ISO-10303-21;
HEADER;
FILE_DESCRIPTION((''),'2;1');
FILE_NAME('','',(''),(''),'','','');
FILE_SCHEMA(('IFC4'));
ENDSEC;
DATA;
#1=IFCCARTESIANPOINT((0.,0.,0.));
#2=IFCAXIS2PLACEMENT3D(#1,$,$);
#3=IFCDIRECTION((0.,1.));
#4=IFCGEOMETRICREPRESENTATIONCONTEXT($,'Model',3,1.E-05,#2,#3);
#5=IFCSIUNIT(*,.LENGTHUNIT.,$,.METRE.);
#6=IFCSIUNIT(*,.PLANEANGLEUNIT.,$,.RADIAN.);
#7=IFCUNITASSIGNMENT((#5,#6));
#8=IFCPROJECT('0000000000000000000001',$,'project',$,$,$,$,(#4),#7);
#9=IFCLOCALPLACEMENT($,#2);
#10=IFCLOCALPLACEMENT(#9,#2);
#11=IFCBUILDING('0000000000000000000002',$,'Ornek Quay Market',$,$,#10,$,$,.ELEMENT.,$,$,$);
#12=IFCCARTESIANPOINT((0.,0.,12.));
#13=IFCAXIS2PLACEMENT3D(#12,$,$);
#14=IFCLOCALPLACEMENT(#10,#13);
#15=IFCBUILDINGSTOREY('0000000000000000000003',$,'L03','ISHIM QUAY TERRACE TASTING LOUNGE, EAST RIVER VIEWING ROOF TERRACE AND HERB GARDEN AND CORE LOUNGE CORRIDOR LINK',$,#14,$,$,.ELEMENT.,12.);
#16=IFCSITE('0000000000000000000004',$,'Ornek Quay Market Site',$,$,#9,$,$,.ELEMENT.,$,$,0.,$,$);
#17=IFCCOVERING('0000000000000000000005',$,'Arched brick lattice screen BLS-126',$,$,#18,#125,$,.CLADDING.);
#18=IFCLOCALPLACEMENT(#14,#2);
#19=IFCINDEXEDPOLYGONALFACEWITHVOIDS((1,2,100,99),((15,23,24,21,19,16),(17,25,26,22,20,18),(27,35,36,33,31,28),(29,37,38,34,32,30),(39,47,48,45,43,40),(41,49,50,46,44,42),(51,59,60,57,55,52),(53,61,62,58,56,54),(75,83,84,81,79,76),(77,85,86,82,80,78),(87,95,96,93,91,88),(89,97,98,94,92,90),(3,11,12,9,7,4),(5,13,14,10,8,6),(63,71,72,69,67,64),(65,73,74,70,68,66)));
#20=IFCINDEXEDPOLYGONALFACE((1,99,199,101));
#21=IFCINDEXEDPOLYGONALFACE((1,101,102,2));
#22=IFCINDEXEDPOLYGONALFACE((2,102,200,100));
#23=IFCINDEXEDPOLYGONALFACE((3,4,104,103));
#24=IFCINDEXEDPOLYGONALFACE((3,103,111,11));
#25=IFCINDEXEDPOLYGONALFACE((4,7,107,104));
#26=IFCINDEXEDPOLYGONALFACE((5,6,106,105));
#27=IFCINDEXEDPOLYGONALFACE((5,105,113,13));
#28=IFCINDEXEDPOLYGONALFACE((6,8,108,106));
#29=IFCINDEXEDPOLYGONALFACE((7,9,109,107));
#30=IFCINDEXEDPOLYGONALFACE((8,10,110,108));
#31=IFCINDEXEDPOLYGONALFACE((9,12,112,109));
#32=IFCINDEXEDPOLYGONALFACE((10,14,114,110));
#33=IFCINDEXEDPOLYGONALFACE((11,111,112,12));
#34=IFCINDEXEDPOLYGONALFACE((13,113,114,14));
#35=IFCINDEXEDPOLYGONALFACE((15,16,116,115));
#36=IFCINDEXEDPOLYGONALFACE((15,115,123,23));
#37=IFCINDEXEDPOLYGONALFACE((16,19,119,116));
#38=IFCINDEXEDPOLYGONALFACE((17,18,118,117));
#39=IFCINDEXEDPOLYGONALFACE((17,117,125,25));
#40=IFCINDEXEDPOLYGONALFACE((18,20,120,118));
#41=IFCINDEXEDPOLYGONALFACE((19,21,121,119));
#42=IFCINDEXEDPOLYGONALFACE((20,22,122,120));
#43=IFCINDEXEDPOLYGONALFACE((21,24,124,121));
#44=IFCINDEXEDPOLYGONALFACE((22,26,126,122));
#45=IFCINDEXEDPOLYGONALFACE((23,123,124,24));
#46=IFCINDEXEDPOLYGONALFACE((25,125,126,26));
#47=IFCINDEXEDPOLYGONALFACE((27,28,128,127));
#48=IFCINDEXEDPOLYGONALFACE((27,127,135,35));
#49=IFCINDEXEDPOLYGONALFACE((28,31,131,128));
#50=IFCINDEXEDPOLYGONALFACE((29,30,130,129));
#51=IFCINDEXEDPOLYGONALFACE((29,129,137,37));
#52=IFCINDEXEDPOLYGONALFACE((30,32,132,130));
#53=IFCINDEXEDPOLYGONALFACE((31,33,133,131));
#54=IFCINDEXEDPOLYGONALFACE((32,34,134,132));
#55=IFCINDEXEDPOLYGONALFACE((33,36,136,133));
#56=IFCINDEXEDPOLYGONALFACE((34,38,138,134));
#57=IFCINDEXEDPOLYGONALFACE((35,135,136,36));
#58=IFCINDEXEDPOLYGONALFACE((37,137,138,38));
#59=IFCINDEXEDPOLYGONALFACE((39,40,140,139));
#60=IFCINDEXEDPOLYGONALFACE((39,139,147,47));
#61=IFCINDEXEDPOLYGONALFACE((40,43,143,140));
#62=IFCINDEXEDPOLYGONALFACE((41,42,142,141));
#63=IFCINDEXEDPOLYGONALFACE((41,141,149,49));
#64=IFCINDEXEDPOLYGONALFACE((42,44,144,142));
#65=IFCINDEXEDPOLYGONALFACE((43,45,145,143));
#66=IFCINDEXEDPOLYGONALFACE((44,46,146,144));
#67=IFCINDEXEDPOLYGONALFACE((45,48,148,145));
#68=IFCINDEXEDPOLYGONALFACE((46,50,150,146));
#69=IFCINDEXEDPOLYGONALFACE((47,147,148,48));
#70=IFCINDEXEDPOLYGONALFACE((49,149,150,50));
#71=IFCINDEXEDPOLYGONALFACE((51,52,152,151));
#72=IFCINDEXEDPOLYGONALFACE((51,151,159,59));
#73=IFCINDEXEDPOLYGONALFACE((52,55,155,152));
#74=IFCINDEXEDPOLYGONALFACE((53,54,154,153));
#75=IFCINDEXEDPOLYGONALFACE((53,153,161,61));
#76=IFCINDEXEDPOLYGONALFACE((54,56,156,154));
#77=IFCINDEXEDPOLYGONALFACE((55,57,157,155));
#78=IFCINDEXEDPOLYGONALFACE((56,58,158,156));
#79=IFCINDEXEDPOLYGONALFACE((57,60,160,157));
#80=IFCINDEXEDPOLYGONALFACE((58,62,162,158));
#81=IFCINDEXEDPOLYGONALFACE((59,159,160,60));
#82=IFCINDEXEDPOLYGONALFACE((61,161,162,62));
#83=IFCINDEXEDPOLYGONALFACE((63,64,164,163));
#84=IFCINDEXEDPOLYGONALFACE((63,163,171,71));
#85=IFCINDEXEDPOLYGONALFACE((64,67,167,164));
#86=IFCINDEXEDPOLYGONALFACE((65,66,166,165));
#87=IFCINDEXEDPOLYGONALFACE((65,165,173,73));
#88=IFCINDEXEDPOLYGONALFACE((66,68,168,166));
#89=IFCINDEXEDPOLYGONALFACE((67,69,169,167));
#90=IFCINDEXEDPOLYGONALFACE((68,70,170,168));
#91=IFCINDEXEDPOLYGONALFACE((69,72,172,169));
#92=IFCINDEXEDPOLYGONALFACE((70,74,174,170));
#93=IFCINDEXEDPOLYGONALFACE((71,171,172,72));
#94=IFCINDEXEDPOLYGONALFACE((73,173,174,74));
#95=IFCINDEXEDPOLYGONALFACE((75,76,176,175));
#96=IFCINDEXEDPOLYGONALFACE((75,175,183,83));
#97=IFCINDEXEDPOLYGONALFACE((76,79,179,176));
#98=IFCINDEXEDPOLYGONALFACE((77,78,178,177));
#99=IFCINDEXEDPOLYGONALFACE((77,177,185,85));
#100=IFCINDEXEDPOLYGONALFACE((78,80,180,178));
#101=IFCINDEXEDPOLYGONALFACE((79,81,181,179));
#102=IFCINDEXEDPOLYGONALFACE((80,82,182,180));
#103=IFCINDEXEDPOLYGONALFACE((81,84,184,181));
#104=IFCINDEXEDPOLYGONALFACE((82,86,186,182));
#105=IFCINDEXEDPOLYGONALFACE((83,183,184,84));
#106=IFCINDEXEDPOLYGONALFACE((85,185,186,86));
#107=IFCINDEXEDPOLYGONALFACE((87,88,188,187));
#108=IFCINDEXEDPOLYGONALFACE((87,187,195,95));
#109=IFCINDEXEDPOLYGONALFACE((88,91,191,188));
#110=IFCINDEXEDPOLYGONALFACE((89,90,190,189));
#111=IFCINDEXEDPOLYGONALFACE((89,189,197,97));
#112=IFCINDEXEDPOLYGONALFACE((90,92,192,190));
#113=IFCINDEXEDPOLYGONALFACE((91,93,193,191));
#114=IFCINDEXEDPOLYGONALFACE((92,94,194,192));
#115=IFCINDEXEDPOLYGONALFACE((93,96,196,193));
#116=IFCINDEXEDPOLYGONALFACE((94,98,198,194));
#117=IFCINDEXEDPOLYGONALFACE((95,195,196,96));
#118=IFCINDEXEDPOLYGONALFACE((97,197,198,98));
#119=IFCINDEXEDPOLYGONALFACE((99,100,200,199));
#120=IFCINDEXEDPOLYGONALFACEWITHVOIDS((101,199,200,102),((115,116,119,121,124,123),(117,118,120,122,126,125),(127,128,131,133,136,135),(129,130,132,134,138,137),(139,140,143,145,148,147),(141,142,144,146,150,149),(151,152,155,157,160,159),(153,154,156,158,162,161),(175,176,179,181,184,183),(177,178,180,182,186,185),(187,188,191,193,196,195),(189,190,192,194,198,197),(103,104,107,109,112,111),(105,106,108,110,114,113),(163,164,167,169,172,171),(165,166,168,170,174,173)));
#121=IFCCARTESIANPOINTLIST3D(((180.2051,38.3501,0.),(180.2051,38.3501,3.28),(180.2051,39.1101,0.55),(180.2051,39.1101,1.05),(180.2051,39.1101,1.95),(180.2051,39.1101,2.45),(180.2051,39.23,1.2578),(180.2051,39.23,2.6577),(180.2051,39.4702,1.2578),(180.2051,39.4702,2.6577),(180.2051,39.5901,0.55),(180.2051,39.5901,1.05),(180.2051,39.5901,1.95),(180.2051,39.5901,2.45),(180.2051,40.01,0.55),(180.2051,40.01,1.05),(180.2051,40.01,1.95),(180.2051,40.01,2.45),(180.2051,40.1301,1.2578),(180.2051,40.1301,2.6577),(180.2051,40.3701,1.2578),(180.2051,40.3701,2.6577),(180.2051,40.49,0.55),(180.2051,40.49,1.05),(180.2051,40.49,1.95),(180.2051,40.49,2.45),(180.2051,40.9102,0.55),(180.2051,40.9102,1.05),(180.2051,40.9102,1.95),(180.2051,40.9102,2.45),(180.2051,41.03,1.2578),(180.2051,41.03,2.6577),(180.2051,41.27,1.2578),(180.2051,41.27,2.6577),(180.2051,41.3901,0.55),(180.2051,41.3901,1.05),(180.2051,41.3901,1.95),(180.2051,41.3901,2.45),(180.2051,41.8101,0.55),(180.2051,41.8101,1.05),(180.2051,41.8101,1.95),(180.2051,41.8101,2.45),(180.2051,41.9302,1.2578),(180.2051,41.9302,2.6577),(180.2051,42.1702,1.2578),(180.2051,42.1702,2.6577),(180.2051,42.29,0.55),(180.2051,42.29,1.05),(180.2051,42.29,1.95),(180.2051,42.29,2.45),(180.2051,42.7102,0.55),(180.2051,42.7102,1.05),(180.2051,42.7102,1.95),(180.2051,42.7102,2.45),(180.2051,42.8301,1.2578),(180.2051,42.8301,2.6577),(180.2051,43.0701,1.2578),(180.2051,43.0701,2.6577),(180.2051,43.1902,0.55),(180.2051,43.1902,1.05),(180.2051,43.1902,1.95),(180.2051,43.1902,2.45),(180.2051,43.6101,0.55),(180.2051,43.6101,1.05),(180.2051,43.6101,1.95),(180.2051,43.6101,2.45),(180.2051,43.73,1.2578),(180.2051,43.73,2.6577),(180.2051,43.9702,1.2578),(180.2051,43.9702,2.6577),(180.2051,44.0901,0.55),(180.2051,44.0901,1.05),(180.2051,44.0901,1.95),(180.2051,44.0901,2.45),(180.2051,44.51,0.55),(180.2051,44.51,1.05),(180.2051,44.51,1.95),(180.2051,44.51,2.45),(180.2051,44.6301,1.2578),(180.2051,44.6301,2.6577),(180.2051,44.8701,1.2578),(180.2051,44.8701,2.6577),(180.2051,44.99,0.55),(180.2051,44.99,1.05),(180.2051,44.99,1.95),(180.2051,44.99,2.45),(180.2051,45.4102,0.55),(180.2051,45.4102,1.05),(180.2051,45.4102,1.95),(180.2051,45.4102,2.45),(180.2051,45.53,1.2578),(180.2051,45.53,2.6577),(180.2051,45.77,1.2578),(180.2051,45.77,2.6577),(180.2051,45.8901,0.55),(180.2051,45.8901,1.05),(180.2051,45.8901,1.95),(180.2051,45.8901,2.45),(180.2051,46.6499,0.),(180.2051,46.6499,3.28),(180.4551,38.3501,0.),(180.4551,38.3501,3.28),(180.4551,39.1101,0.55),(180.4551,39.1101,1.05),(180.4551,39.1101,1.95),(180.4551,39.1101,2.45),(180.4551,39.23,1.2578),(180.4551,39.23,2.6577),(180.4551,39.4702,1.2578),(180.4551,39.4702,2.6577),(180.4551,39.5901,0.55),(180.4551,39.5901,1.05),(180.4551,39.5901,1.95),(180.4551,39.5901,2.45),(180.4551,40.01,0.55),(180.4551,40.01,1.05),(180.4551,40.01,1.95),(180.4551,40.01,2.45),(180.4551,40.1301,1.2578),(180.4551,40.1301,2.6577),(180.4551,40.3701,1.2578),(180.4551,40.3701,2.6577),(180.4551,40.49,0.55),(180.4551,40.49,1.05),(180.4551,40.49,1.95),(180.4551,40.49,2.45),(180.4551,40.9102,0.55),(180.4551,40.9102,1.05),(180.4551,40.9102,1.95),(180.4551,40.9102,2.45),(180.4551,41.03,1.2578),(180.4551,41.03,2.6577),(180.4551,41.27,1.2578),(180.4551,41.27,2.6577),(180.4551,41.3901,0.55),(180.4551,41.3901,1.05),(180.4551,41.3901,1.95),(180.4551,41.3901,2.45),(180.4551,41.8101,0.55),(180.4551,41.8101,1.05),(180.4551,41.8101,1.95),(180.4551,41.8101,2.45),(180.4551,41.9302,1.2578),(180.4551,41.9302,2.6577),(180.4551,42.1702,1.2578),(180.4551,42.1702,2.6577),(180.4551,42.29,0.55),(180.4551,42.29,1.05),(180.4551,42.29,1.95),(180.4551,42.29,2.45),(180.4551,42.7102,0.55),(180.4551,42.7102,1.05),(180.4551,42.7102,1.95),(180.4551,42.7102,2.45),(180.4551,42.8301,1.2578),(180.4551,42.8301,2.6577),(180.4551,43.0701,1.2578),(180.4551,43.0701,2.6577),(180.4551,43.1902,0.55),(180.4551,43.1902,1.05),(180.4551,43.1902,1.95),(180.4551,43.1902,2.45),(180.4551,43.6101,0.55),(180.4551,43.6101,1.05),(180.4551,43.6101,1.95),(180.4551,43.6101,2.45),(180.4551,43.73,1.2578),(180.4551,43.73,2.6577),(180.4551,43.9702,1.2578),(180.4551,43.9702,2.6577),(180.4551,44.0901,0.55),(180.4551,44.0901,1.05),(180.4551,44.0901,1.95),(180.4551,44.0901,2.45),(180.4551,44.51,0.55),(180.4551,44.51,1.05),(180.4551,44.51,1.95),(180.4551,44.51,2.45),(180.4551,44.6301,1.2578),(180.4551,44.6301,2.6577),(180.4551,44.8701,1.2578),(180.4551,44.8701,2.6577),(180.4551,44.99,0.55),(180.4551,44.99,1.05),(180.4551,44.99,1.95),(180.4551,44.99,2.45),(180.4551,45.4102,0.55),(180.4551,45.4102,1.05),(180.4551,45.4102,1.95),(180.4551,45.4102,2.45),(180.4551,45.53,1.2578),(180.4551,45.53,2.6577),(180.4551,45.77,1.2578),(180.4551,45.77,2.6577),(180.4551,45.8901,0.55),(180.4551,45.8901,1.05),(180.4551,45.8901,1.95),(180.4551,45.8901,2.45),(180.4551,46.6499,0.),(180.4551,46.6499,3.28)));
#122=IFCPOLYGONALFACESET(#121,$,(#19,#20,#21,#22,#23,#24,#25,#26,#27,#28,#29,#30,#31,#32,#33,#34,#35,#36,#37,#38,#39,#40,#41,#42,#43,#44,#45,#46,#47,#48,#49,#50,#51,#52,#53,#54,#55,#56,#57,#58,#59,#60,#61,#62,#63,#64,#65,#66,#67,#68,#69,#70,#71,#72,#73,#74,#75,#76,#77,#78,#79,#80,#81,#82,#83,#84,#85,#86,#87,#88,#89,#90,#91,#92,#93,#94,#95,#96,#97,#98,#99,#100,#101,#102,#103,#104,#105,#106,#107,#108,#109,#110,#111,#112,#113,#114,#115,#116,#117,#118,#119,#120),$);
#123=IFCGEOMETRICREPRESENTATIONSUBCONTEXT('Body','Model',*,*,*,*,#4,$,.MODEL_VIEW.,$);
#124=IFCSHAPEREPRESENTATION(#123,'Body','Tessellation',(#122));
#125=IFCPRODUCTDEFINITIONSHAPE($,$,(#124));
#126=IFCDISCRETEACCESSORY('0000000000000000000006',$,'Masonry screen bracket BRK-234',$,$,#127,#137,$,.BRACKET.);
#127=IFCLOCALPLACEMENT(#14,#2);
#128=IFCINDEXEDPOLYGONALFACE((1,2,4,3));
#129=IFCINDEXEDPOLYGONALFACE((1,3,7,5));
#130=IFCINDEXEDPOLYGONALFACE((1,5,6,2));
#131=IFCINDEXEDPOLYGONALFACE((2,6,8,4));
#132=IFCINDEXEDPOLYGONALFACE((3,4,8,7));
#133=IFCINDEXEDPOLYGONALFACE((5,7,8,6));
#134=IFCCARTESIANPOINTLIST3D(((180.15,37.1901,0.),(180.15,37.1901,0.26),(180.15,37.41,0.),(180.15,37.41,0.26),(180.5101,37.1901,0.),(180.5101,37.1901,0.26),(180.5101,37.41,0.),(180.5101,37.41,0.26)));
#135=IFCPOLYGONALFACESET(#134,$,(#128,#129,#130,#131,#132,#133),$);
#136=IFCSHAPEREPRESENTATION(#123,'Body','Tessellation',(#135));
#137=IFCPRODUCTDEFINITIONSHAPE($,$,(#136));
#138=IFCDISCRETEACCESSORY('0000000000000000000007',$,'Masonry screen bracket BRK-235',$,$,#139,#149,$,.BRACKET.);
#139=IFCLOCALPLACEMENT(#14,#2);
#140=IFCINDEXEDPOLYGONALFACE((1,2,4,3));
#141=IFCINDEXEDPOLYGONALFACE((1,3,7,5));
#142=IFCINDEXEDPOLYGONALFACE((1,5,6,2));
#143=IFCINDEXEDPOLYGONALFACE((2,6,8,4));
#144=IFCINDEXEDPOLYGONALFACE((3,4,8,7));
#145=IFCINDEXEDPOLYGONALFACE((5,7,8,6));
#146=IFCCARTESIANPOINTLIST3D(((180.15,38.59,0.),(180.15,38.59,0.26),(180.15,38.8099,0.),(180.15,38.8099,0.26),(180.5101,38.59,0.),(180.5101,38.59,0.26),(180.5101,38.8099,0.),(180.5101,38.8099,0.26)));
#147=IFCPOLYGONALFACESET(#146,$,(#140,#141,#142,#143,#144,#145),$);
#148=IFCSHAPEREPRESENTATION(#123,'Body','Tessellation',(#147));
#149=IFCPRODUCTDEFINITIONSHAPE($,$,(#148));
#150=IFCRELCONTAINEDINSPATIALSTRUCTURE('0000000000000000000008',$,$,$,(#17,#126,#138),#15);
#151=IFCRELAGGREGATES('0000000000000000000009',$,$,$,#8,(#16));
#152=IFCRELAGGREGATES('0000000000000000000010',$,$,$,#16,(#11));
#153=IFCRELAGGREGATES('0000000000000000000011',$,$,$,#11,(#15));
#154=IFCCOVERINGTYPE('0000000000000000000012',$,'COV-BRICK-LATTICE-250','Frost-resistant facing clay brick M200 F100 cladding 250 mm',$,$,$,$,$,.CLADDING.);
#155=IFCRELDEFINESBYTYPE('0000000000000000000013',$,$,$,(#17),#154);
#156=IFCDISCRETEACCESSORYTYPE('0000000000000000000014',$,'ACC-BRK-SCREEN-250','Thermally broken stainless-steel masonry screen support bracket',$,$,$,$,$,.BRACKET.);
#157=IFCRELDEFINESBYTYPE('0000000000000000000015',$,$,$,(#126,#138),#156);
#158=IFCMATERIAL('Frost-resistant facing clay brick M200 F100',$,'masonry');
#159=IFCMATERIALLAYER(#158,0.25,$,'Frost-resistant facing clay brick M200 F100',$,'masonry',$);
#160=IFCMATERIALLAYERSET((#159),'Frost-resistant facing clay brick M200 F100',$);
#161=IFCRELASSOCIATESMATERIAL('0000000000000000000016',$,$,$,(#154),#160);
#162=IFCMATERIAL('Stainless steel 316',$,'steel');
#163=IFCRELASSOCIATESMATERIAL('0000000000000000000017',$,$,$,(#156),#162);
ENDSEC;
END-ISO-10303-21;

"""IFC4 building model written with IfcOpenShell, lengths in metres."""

from ifc_helpers import new_model, si_unit, direction, frame, origin, origin_2d, place, context, subcontext, project, spatial, polyline, rectangle, outline, extrude, material, layer, layer_set, type_object, element, save


model = new_model("IFC4")

# Units and contexts
model_context = context("Model", 3, precision=1e-05, world=origin(), true_north=direction((0.0, 1.0)))
body_context = subcontext(model_context, "Body", "Model", "MODEL_VIEW")
ifc_project = project(units=[si_unit("LENGTHUNIT", "METRE"), si_unit("PLANEANGLEUNIT", "RADIAN")], contexts=[model_context])

# Site, building, storey
site_placement = place(None, origin())
site = spatial("IfcSite", under=ifc_project, at=site_placement, Name="Ornek Quay Market Site", CompositionType="ELEMENT", RefElevation=0.0)
building_placement = place(site_placement, origin())
building = spatial("IfcBuilding", under=site, at=building_placement, Name="Ornek Quay Market", CompositionType="ELEMENT")
storey_placement = place(building_placement, frame((0.0, 0.0, 12.0)))
storey = spatial("IfcBuildingStorey", under=building, at=storey_placement, Name="L03", Description="ISHIM QUAY TERRACE TASTING LOUNGE, EAST RIVER VIEWING ROOF TERRACE AND HERB GARDEN AND CORE LOUNGE CORRIDOR LINK", CompositionType="ELEMENT", Elevation=12.0)

# Shared definitions
ifc_material_1 = material(Name="Frost-resistant facing clay brick M200 F100", Category="masonry")

# Covering
ifc_layer_1 = layer(ifc_material_1, 0.25, Name="Frost-resistant facing clay brick M200 F100", Category="masonry")
ifc_layer_set_1 = layer_set([ifc_layer_1], Name="Frost-resistant facing clay brick M200 F100")
covering_type = type_object("IfcCoveringType", Name="COV-BRICK-LATTICE-250", Description="Frost-resistant facing clay brick M200 F100 cladding 250 mm", PredefinedType="CLADDING", material=ifc_layer_set_1)
covering_placement = place(storey_placement, frame((180.3301, 38.3501, 0.0), z_axis=(0.0, 0.0, 1.0), x_axis=(0.0, 1.0, 0.0)))
element("IfcCovering", 1, at=covering_placement, inside=storey, type_object=covering_type, Name="Arched brick lattice screen BLS-126", PredefinedType="CLADDING", context=body_context, shape_type="SweptSolid", body=[
    extrude(outline(polyline([(0.0, 0.0), (8.2998, 0.0), (8.2998, 3.28), (0.0, 3.28), (0.0, 0.0)]), holes=[polyline([(0.76, 0.55), (1.24, 0.55), (1.24, 1.05), (1.1201, 1.2578), (0.8799, 1.2578), (0.76, 1.05), (0.76, 0.55)]), polyline([(0.76, 1.95), (1.24, 1.95), (1.24, 2.45), (1.1201, 2.6577), (0.8799, 2.6577), (0.76, 2.45), (0.76, 1.95)]), polyline([(1.6599, 0.55), (2.1399, 0.55), (2.1399, 1.05), (2.02, 1.2578), (1.78, 1.2578), (1.6599, 1.05), (1.6599, 0.55)]), polyline([(1.6599, 1.95), (2.1399, 1.95), (2.1399, 2.45), (2.02, 2.6577), (1.78, 2.6577), (1.6599, 2.45), (1.6599, 1.95)]), polyline([(2.5601, 0.55), (3.04, 0.55), (3.04, 1.05), (2.9199, 1.2578), (2.6799, 1.2578), (2.5601, 1.05), (2.5601, 0.55)]), polyline([(2.5601, 1.95), (3.04, 1.95), (3.04, 2.45), (2.9199, 2.6577), (2.6799, 2.6577), (2.5601, 2.45), (2.5601, 1.95)]), polyline([(3.46, 0.55), (3.9399, 0.55), (3.9399, 1.05), (3.8201, 1.2578), (3.5801, 1.2578), (3.46, 1.05), (3.46, 0.55)]), polyline([(3.46, 1.95), (3.9399, 1.95), (3.9399, 2.45), (3.8201, 2.6577), (3.5801, 2.6577), (3.46, 2.45), (3.46, 1.95)]), polyline([(4.3601, 0.55), (4.8401, 0.55), (4.8401, 1.05), (4.72, 1.2578), (4.48, 1.2578), (4.3601, 1.05), (4.3601, 0.55)]), polyline([(4.3601, 1.95), (4.8401, 1.95), (4.8401, 2.45), (4.72, 2.6577), (4.48, 2.6577), (4.3601, 2.45), (4.3601, 1.95)]), polyline([(5.26, 0.55), (5.74, 0.55), (5.74, 1.05), (5.6201, 1.2578), (5.3799, 1.2578), (5.26, 1.05), (5.26, 0.55)]), polyline([(5.26, 1.95), (5.74, 1.95), (5.74, 2.45), (5.6201, 2.6577), (5.3799, 2.6577), (5.26, 2.45), (5.26, 1.95)]), polyline([(6.1599, 0.55), (6.6399, 0.55), (6.6399, 1.05), (6.52, 1.2578), (6.28, 1.2578), (6.1599, 1.05), (6.1599, 0.55)]), polyline([(6.1599, 1.95), (6.6399, 1.95), (6.6399, 2.45), (6.52, 2.6577), (6.28, 2.6577), (6.1599, 2.45), (6.1599, 1.95)]), polyline([(7.0601, 0.55), (7.54, 0.55), (7.54, 1.05), (7.4199, 1.2578), (7.1799, 1.2578), (7.0601, 1.05), (7.0601, 0.55)]), polyline([(7.0601, 1.95), (7.54, 1.95), (7.54, 2.45), (7.4199, 2.6577), (7.1799, 2.6577), (7.0601, 2.45), (7.0601, 1.95)])]), frame((0.0, 0.125, 0.0), z_axis=(0.0, -1.0, 0.0), x_axis=(1.0, 0.0, 0.0)), (0.0, 0.0, 1.0), 0.25),
])

# Discrete accessories
ifc_material_2 = material(Name="Stainless steel 316", Category="steel")
discrete_accessory_type = type_object("IfcDiscreteAccessoryType", Name="ACC-BRK-SCREEN-250", Description="Thermally broken stainless-steel masonry screen support bracket", PredefinedType="BRACKET", material=ifc_material_2)
for number, where, z_axis, x_axis, name in (
    (2, (180.3301, 37.3, 0.0), (0.0, 0.0, 1.0), (0.0, 1.0, 0.0), "Masonry screen bracket BRK-234"),
    (3, (180.3301, 38.7, 0.0), (0.0, 0.0, 1.0), (0.0, 1.0, 0.0), "Masonry screen bracket BRK-235"),
):
    element("IfcDiscreteAccessory", number, at=place(storey_placement, frame(where, z_axis=z_axis, x_axis=x_axis)), inside=storey, type_object=discrete_accessory_type, Name=name, PredefinedType="BRACKET", context=body_context, shape_type="SweptSolid", body=[
        extrude(rectangle(XDim=0.22, YDim=0.3601, at=origin_2d()), origin(), (0.0, 0.0, 1.0), 0.26),
    ])

save(model, "model.ifc")
